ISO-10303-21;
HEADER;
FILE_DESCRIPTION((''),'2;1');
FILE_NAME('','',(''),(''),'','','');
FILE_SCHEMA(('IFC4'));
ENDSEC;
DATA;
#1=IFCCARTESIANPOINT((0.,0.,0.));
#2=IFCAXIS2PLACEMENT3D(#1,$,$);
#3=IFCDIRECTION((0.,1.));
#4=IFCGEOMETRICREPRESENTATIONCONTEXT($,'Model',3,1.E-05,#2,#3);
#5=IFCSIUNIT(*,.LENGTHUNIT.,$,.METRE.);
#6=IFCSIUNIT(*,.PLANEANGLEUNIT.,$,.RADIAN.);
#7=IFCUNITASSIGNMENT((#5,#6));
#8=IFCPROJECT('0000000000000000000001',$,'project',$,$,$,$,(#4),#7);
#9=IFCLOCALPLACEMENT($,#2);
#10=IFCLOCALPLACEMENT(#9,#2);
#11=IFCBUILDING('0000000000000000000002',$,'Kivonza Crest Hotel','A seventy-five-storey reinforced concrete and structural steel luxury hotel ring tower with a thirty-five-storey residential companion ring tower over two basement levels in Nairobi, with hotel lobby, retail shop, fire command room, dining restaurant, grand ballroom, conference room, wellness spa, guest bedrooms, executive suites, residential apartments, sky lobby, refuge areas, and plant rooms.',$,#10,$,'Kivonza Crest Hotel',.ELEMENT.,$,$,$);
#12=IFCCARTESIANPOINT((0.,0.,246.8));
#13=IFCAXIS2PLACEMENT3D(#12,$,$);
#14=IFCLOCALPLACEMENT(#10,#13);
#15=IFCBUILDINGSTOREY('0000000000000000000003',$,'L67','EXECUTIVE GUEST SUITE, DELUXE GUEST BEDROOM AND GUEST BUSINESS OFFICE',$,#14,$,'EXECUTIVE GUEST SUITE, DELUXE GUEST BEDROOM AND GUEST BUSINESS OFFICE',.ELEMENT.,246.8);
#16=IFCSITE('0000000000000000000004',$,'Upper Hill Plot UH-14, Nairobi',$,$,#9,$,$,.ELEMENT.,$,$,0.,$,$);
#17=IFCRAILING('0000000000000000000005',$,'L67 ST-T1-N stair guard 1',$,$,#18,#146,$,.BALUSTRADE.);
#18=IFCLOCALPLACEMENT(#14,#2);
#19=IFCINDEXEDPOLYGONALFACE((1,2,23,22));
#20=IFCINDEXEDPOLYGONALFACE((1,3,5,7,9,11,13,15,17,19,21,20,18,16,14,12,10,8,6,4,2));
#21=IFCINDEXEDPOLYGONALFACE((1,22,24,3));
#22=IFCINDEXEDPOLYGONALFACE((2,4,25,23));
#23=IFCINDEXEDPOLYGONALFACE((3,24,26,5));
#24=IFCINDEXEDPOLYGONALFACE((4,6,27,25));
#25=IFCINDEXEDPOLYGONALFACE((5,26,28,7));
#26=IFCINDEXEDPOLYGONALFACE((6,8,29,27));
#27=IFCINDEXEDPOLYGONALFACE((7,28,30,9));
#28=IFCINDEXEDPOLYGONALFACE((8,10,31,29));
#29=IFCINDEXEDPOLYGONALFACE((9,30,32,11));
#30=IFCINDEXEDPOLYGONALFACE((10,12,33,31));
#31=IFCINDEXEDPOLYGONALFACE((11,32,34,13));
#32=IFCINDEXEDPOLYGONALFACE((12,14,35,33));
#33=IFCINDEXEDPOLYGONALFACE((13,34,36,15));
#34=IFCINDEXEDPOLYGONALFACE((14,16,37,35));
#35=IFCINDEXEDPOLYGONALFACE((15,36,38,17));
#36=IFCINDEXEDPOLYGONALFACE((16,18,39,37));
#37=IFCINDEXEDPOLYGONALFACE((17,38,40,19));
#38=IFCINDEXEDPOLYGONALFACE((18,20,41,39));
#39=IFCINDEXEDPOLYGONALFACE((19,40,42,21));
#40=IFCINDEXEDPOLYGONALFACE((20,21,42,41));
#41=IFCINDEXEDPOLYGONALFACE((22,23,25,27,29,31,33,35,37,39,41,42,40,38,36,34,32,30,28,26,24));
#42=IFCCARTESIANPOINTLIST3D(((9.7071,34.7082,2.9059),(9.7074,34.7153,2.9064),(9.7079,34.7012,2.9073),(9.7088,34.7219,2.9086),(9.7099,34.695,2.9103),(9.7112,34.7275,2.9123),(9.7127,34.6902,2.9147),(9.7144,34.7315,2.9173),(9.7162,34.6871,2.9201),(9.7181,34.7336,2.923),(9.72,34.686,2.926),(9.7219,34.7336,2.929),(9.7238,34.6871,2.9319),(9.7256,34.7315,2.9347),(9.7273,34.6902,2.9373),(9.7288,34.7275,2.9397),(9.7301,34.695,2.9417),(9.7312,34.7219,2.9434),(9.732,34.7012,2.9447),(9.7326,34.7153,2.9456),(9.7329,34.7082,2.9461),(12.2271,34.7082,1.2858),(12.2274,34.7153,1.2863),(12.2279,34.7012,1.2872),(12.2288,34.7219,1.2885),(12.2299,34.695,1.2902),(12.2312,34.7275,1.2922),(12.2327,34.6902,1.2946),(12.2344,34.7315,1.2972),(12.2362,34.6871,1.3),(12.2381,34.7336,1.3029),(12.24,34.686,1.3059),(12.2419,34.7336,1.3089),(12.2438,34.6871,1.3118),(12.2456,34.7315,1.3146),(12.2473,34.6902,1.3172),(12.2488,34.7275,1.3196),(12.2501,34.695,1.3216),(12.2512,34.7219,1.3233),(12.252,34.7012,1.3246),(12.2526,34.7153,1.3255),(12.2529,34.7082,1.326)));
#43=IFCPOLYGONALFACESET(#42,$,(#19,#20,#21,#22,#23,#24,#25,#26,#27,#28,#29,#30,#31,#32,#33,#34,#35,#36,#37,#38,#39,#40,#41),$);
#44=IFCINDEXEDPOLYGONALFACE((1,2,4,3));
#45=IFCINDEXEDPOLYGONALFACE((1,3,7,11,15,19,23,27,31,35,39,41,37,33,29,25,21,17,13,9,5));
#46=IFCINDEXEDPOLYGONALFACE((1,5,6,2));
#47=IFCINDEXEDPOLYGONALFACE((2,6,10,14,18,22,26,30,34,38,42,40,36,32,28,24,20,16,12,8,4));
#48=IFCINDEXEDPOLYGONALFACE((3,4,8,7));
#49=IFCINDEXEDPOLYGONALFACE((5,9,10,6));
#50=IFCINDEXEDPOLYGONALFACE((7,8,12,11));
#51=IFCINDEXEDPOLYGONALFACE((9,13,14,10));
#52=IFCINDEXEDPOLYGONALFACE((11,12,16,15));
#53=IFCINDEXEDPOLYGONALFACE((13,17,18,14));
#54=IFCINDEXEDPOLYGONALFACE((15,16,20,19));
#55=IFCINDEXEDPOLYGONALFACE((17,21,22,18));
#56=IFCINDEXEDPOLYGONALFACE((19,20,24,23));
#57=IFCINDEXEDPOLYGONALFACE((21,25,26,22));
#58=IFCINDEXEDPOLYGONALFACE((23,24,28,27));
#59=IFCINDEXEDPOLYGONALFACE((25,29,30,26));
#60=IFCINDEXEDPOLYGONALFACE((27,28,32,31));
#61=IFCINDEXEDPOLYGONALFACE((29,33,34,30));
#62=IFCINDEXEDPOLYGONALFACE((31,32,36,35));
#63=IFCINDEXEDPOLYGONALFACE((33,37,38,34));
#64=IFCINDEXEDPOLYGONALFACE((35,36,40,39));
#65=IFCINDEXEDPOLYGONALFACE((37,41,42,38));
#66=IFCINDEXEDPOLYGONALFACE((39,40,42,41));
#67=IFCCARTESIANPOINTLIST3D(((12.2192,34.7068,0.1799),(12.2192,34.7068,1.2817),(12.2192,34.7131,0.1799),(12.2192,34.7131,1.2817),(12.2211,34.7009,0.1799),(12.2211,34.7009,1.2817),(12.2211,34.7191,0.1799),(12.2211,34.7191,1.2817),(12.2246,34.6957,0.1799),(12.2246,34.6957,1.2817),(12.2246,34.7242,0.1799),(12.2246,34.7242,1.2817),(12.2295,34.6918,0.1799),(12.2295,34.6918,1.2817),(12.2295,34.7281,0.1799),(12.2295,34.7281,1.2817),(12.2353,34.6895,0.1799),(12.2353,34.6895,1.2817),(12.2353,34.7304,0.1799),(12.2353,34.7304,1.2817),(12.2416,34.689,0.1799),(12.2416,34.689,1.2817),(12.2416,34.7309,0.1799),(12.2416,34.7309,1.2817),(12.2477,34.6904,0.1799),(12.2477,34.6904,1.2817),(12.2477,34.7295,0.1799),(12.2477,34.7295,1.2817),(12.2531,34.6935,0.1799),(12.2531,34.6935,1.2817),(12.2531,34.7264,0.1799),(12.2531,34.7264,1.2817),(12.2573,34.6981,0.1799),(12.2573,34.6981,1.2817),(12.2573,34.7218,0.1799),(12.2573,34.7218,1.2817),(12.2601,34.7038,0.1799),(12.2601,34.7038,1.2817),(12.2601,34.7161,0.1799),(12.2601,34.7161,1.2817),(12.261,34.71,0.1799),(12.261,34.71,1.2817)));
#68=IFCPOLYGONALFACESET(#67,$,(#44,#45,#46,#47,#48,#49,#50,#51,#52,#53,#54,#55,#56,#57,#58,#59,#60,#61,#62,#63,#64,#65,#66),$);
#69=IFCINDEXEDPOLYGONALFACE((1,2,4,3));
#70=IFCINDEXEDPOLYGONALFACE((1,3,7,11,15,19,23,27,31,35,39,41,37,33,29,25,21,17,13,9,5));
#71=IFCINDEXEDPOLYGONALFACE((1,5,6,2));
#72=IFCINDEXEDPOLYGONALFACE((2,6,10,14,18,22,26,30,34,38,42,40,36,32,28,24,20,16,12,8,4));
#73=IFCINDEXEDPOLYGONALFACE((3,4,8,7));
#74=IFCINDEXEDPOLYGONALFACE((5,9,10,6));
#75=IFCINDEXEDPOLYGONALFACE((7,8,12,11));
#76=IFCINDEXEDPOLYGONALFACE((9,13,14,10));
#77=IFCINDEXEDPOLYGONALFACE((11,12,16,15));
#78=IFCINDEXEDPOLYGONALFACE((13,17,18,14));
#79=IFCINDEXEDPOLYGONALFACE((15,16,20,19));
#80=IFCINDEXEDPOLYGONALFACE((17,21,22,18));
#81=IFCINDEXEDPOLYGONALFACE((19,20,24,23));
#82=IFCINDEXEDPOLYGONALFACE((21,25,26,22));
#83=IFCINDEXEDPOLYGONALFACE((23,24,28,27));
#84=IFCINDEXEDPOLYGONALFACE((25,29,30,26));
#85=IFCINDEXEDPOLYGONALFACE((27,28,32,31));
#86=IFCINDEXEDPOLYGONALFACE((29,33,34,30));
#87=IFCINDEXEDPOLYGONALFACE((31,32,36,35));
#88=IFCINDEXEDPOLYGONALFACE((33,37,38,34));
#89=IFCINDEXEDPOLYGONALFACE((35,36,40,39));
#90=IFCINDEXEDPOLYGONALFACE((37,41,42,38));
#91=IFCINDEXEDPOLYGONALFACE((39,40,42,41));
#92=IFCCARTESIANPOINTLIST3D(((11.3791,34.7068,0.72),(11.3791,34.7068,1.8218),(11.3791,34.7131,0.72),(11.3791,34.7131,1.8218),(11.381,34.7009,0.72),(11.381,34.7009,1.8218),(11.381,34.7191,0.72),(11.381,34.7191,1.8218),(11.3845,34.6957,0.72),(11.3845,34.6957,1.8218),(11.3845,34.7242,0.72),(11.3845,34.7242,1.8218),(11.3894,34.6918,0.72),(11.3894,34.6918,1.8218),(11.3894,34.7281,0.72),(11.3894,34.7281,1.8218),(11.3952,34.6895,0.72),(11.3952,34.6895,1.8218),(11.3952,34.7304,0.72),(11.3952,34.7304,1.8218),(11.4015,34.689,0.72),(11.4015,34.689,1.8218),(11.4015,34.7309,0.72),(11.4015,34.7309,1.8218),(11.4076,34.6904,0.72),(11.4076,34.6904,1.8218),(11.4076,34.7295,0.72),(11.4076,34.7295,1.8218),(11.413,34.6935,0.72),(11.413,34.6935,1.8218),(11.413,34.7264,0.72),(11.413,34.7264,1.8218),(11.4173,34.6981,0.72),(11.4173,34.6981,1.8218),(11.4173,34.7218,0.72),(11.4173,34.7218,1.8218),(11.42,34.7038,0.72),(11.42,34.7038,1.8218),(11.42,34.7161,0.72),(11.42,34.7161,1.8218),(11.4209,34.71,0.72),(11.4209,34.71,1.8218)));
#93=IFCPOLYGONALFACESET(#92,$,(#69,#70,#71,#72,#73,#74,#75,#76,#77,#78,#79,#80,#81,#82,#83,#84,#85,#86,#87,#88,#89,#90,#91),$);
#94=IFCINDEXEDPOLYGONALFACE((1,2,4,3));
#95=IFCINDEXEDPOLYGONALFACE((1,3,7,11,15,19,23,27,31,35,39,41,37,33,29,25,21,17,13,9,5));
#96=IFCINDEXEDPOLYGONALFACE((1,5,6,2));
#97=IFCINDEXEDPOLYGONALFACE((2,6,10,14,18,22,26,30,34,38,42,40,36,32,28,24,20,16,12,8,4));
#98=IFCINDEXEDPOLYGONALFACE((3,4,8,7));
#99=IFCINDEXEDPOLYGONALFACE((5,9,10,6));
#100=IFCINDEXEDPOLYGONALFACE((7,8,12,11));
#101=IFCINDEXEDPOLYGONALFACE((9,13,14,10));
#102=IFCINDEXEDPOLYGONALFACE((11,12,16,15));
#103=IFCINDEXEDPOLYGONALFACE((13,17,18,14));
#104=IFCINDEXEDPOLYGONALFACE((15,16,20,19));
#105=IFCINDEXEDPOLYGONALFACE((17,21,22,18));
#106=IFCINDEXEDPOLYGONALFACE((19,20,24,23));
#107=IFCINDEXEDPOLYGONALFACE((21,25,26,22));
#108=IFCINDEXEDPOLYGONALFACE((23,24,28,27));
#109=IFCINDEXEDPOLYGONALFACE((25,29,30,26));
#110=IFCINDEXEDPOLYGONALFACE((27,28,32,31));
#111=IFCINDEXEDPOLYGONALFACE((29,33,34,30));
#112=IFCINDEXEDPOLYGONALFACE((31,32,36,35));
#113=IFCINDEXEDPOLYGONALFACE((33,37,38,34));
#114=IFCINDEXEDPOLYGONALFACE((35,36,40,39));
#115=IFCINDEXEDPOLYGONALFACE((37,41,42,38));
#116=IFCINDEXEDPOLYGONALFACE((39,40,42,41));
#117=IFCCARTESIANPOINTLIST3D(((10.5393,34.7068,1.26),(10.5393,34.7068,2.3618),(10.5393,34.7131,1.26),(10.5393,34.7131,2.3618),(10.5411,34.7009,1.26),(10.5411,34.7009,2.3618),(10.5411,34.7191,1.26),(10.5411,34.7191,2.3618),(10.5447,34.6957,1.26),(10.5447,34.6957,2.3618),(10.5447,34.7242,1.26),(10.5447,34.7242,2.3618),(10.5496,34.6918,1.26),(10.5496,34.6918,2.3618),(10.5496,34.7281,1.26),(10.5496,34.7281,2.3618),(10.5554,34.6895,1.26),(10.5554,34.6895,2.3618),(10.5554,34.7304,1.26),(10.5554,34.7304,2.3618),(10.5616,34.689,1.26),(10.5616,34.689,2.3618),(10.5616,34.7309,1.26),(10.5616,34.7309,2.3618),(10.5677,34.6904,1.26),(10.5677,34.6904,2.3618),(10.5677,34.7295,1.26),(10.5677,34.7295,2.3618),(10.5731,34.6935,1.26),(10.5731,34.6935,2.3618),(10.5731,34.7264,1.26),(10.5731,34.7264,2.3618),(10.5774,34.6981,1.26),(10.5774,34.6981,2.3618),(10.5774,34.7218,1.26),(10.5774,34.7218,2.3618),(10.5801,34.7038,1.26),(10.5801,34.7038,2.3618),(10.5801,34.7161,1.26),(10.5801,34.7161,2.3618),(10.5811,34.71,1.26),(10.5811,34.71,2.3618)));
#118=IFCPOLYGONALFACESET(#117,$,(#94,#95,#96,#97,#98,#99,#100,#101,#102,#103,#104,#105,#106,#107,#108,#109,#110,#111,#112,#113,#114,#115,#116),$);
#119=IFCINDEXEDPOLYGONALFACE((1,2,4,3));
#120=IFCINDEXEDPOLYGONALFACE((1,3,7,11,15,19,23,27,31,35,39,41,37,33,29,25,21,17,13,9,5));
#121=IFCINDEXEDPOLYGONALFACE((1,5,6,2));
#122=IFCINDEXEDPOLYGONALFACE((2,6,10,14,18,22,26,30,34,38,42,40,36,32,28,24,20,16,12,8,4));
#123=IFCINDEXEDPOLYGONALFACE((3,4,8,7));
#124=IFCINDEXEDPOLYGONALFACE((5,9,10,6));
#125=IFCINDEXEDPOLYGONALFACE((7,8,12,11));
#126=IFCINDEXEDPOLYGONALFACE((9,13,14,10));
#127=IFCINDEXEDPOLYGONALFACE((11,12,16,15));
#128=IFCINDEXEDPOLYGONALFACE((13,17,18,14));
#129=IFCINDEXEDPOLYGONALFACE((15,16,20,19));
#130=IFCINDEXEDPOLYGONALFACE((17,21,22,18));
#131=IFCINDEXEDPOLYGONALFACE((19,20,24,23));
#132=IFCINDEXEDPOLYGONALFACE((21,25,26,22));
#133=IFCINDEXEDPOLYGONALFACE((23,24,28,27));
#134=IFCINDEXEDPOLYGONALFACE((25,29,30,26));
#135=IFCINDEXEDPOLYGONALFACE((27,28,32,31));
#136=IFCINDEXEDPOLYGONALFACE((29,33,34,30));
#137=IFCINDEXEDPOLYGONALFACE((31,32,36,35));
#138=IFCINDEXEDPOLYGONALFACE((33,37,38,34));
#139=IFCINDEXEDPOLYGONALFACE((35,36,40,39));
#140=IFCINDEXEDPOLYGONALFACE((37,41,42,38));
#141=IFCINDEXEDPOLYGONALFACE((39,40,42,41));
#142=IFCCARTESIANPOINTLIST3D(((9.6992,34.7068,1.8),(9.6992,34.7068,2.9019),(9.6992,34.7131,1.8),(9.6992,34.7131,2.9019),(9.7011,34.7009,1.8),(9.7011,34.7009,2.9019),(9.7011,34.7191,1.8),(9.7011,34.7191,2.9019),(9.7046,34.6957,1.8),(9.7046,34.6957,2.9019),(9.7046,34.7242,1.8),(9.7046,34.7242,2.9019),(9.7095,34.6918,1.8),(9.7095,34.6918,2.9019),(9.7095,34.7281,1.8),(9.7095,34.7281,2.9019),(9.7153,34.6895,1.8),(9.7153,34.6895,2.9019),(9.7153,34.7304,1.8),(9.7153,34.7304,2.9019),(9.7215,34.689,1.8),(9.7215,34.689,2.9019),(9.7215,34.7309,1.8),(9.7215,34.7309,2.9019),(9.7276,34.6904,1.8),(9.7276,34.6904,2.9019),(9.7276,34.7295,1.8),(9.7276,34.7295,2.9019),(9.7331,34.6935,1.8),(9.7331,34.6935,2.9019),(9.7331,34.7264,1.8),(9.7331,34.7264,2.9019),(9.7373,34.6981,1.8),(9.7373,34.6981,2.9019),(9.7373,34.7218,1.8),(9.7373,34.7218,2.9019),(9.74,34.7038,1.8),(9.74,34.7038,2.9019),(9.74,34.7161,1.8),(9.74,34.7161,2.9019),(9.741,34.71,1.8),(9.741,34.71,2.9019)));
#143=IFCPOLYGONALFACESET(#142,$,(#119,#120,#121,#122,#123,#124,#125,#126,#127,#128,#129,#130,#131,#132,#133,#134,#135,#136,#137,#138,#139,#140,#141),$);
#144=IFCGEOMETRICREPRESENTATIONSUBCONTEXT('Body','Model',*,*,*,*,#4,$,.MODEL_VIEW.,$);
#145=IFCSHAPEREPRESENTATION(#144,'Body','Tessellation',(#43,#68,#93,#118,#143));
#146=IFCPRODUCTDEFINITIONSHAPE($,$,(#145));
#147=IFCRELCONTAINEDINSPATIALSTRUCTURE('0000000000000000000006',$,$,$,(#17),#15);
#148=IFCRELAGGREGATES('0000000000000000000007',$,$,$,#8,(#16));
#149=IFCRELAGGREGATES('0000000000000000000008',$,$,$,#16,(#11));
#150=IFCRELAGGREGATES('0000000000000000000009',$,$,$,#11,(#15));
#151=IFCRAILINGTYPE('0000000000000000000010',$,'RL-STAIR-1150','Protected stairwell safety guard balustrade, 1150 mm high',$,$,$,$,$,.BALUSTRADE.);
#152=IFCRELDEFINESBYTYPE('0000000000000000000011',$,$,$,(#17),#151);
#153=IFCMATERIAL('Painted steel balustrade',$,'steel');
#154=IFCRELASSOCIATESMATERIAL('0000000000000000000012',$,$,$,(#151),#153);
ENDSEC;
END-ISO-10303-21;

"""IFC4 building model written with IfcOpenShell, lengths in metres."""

from ifc_helpers import new_model, si_unit, direction, frame, origin, origin_2d, place, context, subcontext, project, spatial, circle, extrude, material, type_object, element, save


model = new_model("IFC4")

# Units and contexts
model_context = context("Model", 3, precision=1e-05, world=origin(), true_north=direction((0.0, 1.0)))
body_context = subcontext(model_context, "Body", "Model", "MODEL_VIEW")
ifc_project = project(units=[si_unit("LENGTHUNIT", "METRE"), si_unit("PLANEANGLEUNIT", "RADIAN")], contexts=[model_context])

# Site, building, storey
site_placement = place(None, origin())
site = spatial("IfcSite", under=ifc_project, at=site_placement, Name="Upper Hill Plot UH-14, Nairobi", CompositionType="ELEMENT", RefElevation=0.0)
building_placement = place(site_placement, origin())
building = spatial("IfcBuilding", under=site, at=building_placement, Name="Kivonza Crest Hotel", Description="A seventy-five-storey reinforced concrete and structural steel luxury hotel ring tower with a thirty-five-storey residential companion ring tower over two basement levels in Nairobi, with hotel lobby, retail shop, fire command room, dining restaurant, grand ballroom, conference room, wellness spa, guest bedrooms, executive suites, residential apartments, sky lobby, refuge areas, and plant rooms.", LongName="Kivonza Crest Hotel", CompositionType="ELEMENT")
storey_placement = place(building_placement, frame((0.0, 0.0, 246.8)))
storey = spatial("IfcBuildingStorey", under=building, at=storey_placement, Name="L67", Description="EXECUTIVE GUEST SUITE, DELUXE GUEST BEDROOM AND GUEST BUSINESS OFFICE", LongName="EXECUTIVE GUEST SUITE, DELUXE GUEST BEDROOM AND GUEST BUSINESS OFFICE", CompositionType="ELEMENT", Elevation=246.8)

# Railing
ifc_material_1 = material(Name="Painted steel balustrade", Category="steel")
railing_type_1 = type_object("IfcRailingType", Name="RL-STAIR-1150", Description="Protected stairwell safety guard balustrade, 1150 mm high", PredefinedType="BALUSTRADE", material=ifc_material_1)
railing_1_placement = place(storey_placement, frame((12.24, 34.71, 0.1799)))
element("IfcRailing", 1, at=railing_1_placement, inside=storey, type_object=railing_type_1, Name="L67 ST-T1-N stair guard 1", PredefinedType="BALUSTRADE", context=body_context, shape_type="SweptSolid", body=[
    extrude(circle(Radius=0.0239, at=origin_2d()), frame((0.0, 0.0, 1.126), z_axis=(-0.841163, 0.0, 0.540782), x_axis=(0.0, -1.0, 0.0)), (0.0, 0.0, 1.0), 2.9958),
    extrude(circle(Radius=0.021, at=origin_2d()), origin(), (0.0, 0.0, 1.0), 1.1018),
    extrude(circle(Radius=0.021, at=origin_2d()), frame((-0.8401, 0.0, 0.54)), (0.0, 0.0, 1.0), 1.1018),
    extrude(circle(Radius=0.021, at=origin_2d()), frame((-1.6799, 0.0, 1.0801)), (0.0, 0.0, 1.0), 1.1018),
    extrude(circle(Radius=0.021, at=origin_2d()), frame((-2.52, 0.0, 1.6201)), (0.0, 0.0, 1.0), 1.1018),
])

save(model, "model.ifc")
